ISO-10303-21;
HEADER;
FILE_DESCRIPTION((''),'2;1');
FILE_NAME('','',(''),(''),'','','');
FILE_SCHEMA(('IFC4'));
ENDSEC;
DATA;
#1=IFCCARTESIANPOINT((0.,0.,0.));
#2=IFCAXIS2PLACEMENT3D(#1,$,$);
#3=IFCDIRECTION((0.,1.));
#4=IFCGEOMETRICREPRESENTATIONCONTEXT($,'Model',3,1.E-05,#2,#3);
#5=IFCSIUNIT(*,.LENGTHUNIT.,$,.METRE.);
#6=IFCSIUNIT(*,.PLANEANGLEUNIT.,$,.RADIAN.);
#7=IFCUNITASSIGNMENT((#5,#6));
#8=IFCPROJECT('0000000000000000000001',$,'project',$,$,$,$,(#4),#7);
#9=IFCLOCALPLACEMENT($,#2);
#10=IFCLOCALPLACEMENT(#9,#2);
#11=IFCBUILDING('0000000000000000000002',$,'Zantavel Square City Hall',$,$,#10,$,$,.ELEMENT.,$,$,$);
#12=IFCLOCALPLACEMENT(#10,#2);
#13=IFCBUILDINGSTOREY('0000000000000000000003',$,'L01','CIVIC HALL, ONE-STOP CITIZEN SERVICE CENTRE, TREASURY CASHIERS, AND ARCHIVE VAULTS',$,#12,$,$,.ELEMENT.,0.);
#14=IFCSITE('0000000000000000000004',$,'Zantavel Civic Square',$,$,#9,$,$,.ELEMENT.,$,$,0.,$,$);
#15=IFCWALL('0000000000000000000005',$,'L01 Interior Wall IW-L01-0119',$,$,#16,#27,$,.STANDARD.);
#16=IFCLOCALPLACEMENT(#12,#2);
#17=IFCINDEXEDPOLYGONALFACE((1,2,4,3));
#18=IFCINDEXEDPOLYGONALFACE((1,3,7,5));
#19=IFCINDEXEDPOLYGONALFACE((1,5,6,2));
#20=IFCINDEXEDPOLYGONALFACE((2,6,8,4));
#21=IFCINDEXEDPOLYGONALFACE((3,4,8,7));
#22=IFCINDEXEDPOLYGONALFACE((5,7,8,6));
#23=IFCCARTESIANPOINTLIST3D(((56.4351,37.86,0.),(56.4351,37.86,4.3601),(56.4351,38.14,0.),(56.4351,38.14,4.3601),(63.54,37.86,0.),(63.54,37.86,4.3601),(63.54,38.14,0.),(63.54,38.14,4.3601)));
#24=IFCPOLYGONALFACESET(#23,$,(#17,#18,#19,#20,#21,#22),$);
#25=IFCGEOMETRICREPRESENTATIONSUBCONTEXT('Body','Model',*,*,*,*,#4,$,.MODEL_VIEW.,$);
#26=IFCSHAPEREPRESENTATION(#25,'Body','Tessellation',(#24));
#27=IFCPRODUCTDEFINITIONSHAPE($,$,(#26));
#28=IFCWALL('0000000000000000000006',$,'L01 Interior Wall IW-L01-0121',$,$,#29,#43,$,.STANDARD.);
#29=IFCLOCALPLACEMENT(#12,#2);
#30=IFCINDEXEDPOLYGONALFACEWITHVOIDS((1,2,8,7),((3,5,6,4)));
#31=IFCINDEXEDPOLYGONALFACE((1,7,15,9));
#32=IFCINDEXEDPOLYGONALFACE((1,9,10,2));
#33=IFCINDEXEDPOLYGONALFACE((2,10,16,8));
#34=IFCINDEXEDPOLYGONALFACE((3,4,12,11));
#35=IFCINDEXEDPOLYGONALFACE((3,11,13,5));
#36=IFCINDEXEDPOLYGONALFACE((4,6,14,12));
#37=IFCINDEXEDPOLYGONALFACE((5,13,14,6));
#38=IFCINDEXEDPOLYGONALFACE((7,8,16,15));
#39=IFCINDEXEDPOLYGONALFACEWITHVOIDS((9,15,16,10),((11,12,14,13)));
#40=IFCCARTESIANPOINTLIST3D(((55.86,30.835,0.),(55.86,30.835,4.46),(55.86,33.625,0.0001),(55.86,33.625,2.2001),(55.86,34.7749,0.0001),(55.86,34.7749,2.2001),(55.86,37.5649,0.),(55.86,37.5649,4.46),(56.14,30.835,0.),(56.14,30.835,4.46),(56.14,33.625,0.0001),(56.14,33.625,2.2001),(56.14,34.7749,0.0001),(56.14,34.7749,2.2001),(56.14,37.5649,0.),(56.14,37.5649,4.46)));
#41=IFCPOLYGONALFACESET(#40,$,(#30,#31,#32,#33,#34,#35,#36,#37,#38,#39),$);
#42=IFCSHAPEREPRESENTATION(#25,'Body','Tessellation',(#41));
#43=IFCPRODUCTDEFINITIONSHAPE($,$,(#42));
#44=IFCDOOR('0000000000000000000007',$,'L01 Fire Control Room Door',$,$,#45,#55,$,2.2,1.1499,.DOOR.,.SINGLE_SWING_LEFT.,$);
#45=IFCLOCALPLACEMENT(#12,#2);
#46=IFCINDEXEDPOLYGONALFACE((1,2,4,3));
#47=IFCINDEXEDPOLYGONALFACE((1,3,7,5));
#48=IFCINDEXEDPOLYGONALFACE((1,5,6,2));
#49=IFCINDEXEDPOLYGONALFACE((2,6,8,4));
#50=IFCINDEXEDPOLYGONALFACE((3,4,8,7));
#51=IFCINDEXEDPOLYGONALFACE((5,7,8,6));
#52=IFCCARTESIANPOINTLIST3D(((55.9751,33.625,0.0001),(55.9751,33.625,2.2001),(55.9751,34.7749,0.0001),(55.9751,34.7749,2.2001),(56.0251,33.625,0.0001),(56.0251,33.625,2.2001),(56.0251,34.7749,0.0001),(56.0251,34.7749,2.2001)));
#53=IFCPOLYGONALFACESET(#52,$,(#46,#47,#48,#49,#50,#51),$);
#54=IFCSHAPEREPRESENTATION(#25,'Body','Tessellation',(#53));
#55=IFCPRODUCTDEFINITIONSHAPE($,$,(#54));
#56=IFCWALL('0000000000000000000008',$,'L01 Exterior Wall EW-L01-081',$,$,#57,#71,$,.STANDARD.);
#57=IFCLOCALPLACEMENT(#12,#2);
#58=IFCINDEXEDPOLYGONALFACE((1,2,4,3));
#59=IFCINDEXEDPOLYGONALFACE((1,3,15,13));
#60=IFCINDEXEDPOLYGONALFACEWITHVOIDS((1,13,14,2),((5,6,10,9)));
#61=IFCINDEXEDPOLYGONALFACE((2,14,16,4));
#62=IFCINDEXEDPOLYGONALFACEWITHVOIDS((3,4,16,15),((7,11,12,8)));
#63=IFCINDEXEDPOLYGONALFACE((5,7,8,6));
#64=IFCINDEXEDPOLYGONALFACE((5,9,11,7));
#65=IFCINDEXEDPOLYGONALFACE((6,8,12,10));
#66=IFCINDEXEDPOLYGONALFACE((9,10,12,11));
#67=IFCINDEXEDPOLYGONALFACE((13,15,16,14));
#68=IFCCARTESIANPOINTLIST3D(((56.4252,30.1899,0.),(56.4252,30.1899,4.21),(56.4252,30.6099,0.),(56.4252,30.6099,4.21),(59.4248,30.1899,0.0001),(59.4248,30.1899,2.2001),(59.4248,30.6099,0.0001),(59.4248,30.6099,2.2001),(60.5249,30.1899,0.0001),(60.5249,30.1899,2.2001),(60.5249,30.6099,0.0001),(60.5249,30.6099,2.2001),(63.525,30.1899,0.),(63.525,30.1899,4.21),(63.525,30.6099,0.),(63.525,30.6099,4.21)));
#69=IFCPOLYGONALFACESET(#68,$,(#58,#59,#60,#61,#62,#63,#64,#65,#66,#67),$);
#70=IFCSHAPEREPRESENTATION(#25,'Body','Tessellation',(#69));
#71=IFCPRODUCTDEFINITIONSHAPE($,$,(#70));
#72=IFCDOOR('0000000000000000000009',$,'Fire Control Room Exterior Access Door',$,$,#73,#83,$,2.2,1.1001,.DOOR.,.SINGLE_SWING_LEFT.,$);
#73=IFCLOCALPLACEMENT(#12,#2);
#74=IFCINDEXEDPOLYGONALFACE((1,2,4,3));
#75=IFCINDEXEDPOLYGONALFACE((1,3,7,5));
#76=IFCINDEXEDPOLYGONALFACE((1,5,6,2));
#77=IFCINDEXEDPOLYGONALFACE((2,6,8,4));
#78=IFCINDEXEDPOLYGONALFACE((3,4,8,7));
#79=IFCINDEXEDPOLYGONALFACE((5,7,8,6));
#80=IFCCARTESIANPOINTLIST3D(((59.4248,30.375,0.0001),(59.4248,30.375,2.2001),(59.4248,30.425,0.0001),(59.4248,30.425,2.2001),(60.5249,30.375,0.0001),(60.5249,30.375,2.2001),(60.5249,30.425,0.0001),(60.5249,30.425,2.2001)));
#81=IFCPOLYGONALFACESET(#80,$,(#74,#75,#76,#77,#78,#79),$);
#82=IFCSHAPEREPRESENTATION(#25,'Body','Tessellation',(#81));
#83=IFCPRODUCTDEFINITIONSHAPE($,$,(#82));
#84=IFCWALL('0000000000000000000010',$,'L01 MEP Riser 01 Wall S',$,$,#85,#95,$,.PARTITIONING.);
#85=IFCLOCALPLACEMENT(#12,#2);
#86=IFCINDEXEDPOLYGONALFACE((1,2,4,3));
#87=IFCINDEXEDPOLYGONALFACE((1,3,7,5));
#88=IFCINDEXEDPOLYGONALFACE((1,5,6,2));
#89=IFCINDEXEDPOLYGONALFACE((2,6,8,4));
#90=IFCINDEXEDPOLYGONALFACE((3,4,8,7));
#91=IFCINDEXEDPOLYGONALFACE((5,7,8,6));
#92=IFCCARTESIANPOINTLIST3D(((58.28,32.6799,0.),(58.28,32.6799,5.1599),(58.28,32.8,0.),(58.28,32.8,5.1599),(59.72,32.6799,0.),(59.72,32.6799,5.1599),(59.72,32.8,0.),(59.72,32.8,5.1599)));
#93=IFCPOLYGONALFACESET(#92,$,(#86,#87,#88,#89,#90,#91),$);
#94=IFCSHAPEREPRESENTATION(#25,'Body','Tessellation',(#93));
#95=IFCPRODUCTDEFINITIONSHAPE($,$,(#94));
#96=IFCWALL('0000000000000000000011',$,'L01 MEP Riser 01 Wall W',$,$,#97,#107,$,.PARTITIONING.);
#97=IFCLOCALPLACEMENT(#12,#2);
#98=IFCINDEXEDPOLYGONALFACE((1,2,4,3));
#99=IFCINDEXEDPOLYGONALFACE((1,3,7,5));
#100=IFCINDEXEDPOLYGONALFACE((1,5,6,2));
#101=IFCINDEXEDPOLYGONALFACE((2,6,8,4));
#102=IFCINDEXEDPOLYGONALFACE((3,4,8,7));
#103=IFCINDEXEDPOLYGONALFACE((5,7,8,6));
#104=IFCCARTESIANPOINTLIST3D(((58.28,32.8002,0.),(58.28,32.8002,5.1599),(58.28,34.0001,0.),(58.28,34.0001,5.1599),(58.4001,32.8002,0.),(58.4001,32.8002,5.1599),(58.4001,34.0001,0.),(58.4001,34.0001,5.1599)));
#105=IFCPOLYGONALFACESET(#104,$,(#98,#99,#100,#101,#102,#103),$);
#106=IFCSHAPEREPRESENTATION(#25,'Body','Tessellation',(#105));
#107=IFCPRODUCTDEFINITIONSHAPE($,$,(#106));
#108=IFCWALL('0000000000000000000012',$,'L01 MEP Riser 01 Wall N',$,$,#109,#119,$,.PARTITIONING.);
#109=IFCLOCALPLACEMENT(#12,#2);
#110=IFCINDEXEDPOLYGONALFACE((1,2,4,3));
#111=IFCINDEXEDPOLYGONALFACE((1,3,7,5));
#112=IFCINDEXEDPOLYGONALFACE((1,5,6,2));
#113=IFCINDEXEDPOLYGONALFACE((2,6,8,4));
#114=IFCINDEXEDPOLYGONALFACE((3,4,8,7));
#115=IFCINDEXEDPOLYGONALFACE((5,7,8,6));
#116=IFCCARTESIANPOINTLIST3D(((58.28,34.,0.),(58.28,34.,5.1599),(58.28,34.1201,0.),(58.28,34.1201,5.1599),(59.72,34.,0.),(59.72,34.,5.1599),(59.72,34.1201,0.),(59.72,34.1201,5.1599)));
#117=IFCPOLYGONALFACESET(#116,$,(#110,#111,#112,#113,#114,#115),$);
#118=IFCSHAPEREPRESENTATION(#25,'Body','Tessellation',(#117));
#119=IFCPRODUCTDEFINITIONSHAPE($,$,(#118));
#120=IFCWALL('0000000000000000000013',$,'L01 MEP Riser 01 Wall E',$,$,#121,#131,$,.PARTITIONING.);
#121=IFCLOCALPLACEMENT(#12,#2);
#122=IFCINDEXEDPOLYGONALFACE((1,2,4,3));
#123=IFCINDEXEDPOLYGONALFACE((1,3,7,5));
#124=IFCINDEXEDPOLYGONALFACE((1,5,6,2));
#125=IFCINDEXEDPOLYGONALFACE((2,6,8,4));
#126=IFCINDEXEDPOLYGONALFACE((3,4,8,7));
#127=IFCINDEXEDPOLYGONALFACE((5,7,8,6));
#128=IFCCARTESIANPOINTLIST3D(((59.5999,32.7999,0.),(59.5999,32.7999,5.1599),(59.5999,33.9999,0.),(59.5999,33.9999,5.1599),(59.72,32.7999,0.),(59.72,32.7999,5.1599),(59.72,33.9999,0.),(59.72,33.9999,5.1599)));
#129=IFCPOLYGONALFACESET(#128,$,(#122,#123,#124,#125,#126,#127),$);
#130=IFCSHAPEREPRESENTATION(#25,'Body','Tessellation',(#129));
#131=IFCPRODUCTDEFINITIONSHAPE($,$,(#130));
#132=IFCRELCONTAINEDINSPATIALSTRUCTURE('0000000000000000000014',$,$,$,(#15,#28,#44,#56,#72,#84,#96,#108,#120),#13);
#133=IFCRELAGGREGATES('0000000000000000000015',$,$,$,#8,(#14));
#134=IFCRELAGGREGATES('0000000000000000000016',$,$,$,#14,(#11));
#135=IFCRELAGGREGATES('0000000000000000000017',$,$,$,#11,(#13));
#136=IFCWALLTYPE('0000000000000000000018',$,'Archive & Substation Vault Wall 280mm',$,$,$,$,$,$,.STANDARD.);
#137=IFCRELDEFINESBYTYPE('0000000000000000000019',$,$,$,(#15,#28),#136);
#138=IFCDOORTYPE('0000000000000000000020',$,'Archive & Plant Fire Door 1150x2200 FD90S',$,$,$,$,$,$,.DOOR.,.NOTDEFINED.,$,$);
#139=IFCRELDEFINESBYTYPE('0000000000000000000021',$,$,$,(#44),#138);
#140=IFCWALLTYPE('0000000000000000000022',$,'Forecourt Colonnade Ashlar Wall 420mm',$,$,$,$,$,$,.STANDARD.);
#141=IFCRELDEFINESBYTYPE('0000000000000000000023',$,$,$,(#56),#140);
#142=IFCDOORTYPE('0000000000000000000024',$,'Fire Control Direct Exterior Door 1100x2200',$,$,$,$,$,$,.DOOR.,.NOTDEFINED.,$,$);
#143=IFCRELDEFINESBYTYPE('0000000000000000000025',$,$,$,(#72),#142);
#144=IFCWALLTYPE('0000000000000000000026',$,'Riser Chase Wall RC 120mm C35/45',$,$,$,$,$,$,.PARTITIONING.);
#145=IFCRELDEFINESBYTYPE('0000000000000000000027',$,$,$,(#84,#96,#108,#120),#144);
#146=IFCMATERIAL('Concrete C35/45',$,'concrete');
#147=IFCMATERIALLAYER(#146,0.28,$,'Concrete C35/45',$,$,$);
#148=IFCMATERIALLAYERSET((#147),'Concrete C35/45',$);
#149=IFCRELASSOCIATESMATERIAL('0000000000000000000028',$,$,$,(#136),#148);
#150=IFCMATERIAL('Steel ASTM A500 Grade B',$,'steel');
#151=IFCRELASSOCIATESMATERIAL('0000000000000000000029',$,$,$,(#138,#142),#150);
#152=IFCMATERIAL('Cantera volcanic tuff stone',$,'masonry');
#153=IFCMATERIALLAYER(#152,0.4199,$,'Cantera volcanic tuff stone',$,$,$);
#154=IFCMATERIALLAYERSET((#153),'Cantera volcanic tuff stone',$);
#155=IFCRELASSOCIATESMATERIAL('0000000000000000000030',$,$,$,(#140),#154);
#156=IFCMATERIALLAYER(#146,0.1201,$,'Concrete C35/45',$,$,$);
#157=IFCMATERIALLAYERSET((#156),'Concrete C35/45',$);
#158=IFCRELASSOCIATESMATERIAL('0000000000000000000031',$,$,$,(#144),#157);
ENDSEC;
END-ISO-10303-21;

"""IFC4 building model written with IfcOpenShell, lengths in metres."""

from ifc_helpers import new_model, si_unit, direction, frame, frame_2d, origin, place, context, subcontext, project, spatial, rectangle, extrude, material, layer, layer_set, type_object, element, fill, save


model = new_model("IFC4")

# Units and contexts
model_context = context("Model", 3, precision=1e-05, world=origin(), true_north=direction((0.0, 1.0)))
body_context = subcontext(model_context, "Body", "Model", "MODEL_VIEW")
ifc_project = project(units=[si_unit("LENGTHUNIT", "METRE"), si_unit("PLANEANGLEUNIT", "RADIAN")], contexts=[model_context])

# Site, building, storey
site_placement = place(None, origin())
site = spatial("IfcSite", under=ifc_project, at=site_placement, Name="Zantavel Civic Square", CompositionType="ELEMENT", RefElevation=0.0)
building_placement = place(site_placement, origin())
building = spatial("IfcBuilding", under=site, at=building_placement, Name="Zantavel Square City Hall", CompositionType="ELEMENT")
storey_placement = place(building_placement, origin())
storey = spatial("IfcBuildingStorey", under=building, at=storey_placement, Name="L01", Description="CIVIC HALL, ONE-STOP CITIZEN SERVICE CENTRE, TREASURY CASHIERS, AND ARCHIVE VAULTS", CompositionType="ELEMENT", Elevation=0.0)

# Shared definitions
ifc_material_1 = material(Name="Concrete C35/45", Category="concrete")

# Wall
ifc_layer_1 = layer(ifc_material_1, 0.28, Name="Concrete C35/45")
ifc_layer_set_1 = layer_set([ifc_layer_1], Name="Concrete C35/45")
wall_type_1 = type_object("IfcWallType", Name="Archive & Substation Vault Wall 280mm", PredefinedType="STANDARD", material=ifc_layer_set_1)
wall_1_placement = place(storey_placement, frame((56.4351, 38.0, 0.0), z_axis=(0.0, 0.0, 1.0), x_axis=(1.0, 0.0, 0.0)))
element("IfcWall", 1, at=wall_1_placement, inside=storey, type_object=wall_type_1, Name="L01 Interior Wall IW-L01-0119", PredefinedType="STANDARD", context=body_context, shape_type="SweptSolid", body=[
    extrude(rectangle(XDim=7.105, YDim=0.28, at=frame_2d((3.5525, 0.0))), origin(), (0.0, 0.0, 1.0), 4.3601),
])

# Walls, openings, doors
wall_2_placement = place(storey_placement, frame((56.0, 30.835, 0.0), z_axis=(0.0, 0.0, 1.0), x_axis=(0.0, 1.0, 0.0)))
wall_2 = element("IfcWall", 2, at=wall_2_placement, inside=storey, type_object=wall_type_1, Name="L01 Interior Wall IW-L01-0121", PredefinedType="STANDARD", context=body_context, shape_type="SweptSolid", body=[
    extrude(rectangle(XDim=6.73, YDim=0.28, at=frame_2d((3.365, 0.0))), origin(), (0.0, 0.0, 1.0), 4.46),
])
opening_1_placement = place(wall_2_placement, frame((2.79, 0.0, 0.0)))
opening_1 = element("IfcOpeningElement", 3, at=opening_1_placement, cuts=wall_2, PredefinedType="OPENING", context=body_context, shape_type="SweptSolid", body=[
    extrude(rectangle(XDim=1.1499, YDim=2.2, at=frame_2d((0.575, 1.1001))), frame((0.0, 0.1499, 0.0), z_axis=(0.0, -1.0, 0.0), x_axis=(1.0, 0.0, 0.0)), (0.0, 0.0, 1.0), 0.3),
])
ifc_material_2 = material(Name="Steel ASTM A500 Grade B", Category="steel")
door_type_1 = type_object("IfcDoorType", Name="Archive & Plant Fire Door 1150x2200 FD90S", OperationType="NOTDEFINED", PredefinedType="DOOR", material=ifc_material_2)
door_1_placement = place(opening_1_placement, origin())
door_1 = element("IfcDoor", 4, at=door_1_placement, inside=storey, type_object=door_type_1, Name="L01 Fire Control Room Door", OperationType="SINGLE_SWING_LEFT", OverallHeight=2.2, OverallWidth=1.1499, PredefinedType="DOOR", context=body_context, shape_type="SweptSolid", body=[
    extrude(rectangle(XDim=1.1499, YDim=2.2, at=frame_2d((0.575, 1.1001))), frame((0.0, 0.0249, 0.0), z_axis=(0.0, -1.0, 0.0), x_axis=(1.0, 0.0, 0.0)), (0.0, 0.0, 1.0), 0.05),
])
fill(opening_1, door_1)
ifc_material_3 = material(Name="Cantera volcanic tuff stone", Category="masonry")
ifc_layer_2 = layer(ifc_material_3, 0.4199, Name="Cantera volcanic tuff stone")
ifc_layer_set_2 = layer_set([ifc_layer_2], Name="Cantera volcanic tuff stone")
wall_type_2 = type_object("IfcWallType", Name="Forecourt Colonnade Ashlar Wall 420mm", PredefinedType="STANDARD", material=ifc_layer_set_2)
wall_3_placement = place(storey_placement, frame((63.5249, 30.3999, 0.0), z_axis=(0.0, 0.0, 1.0), x_axis=(-1.0, 0.0, 0.0)))
wall_3 = element("IfcWall", 5, at=wall_3_placement, inside=storey, type_object=wall_type_2, Name="L01 Exterior Wall EW-L01-081", PredefinedType="STANDARD", context=body_context, shape_type="SweptSolid", body=[
    extrude(rectangle(XDim=7.0999, YDim=0.4199, at=frame_2d((3.5498, 0.0))), origin(), (0.0, 0.0, 1.0), 4.21),
])
opening_2_placement = place(wall_3_placement, frame((3.0, 0.0, 0.0)))
opening_2 = element("IfcOpeningElement", 6, at=opening_2_placement, cuts=wall_3, PredefinedType="OPENING", context=body_context, shape_type="SweptSolid", body=[
    extrude(rectangle(XDim=1.1001, YDim=2.2, at=frame_2d((0.55, 1.1001))), frame((0.0, 0.22, 0.0), z_axis=(0.0, -1.0, 0.0), x_axis=(1.0, 0.0, 0.0)), (0.0, 0.0, 1.0), 0.4399),
])
door_type_2 = type_object("IfcDoorType", Name="Fire Control Direct Exterior Door 1100x2200", OperationType="NOTDEFINED", PredefinedType="DOOR", material=ifc_material_2)
door_2_placement = place(opening_2_placement, origin())
door_2 = element("IfcDoor", 7, at=door_2_placement, inside=storey, type_object=door_type_2, Name="Fire Control Room Exterior Access Door", OperationType="SINGLE_SWING_LEFT", OverallHeight=2.2, OverallWidth=1.1001, PredefinedType="DOOR", context=body_context, shape_type="SweptSolid", body=[
    extrude(rectangle(XDim=1.1001, YDim=2.2, at=frame_2d((0.55, 1.1001))), frame((0.0, 0.0249, 0.0), z_axis=(0.0, -1.0, 0.0), x_axis=(1.0, 0.0, 0.0)), (0.0, 0.0, 1.0), 0.05),
])
fill(opening_2, door_2)

# Walls
ifc_layer_3 = layer(ifc_material_1, 0.1201, Name="Concrete C35/45")
ifc_layer_set_3 = layer_set([ifc_layer_3], Name="Concrete C35/45")
wall_type_3 = type_object("IfcWallType", Name="Riser Chase Wall RC 120mm C35/45", PredefinedType="PARTITIONING", material=ifc_layer_set_3)
wall_4_placement = place(storey_placement, frame((59.72, 32.74, 0.0), z_axis=(0.0, 0.0, 1.0), x_axis=(-1.0, 0.0, 0.0)))
element("IfcWall", 8, at=wall_4_placement, inside=storey, type_object=wall_type_3, Name="L01 MEP Riser 01 Wall S", PredefinedType="PARTITIONING", context=body_context, shape_type="SweptSolid", body=[
    extrude(rectangle(XDim=1.4399, YDim=0.1201, at=frame_2d((0.72, 0.0))), origin(), (0.0, 0.0, 1.0), 5.1599),
])
wall_5_placement = place(storey_placement, frame((58.3401, 32.8, 0.0), z_axis=(0.0, 0.0, 1.0), x_axis=(0.0, 1.0, 0.0)))
element("IfcWall", 9, at=wall_5_placement, inside=storey, type_object=wall_type_3, Name="L01 MEP Riser 01 Wall W", PredefinedType="PARTITIONING", context=body_context, shape_type="SweptSolid", body=[
    extrude(rectangle(XDim=1.2, YDim=0.1201, at=frame_2d((0.6001, 0.0))), origin(), (0.0, 0.0, 1.0), 5.1599),
])
wall_6_placement = place(storey_placement, frame((58.28, 34.0601, 0.0), z_axis=(0.0, 0.0, 1.0), x_axis=(1.0, 0.0, 0.0)))
element("IfcWall", 10, at=wall_6_placement, inside=storey, type_object=wall_type_3, Name="L01 MEP Riser 01 Wall N", PredefinedType="PARTITIONING", context=body_context, shape_type="SweptSolid", body=[
    extrude(rectangle(XDim=1.4399, YDim=0.1201, at=frame_2d((0.72, 0.0))), origin(), (0.0, 0.0, 1.0), 5.1599),
])
wall_7_placement = place(storey_placement, frame((59.6599, 34.0, 0.0), z_axis=(0.0, 0.0, 1.0), x_axis=(0.0, -1.0, 0.0)))
element("IfcWall", 11, at=wall_7_placement, inside=storey, type_object=wall_type_3, Name="L01 MEP Riser 01 Wall E", PredefinedType="PARTITIONING", context=body_context, shape_type="SweptSolid", body=[
    extrude(rectangle(XDim=1.2, YDim=0.1201, at=frame_2d((0.6001, 0.0))), origin(), (0.0, 0.0, 1.0), 5.1599),
])

save(model, "model.ifc")
